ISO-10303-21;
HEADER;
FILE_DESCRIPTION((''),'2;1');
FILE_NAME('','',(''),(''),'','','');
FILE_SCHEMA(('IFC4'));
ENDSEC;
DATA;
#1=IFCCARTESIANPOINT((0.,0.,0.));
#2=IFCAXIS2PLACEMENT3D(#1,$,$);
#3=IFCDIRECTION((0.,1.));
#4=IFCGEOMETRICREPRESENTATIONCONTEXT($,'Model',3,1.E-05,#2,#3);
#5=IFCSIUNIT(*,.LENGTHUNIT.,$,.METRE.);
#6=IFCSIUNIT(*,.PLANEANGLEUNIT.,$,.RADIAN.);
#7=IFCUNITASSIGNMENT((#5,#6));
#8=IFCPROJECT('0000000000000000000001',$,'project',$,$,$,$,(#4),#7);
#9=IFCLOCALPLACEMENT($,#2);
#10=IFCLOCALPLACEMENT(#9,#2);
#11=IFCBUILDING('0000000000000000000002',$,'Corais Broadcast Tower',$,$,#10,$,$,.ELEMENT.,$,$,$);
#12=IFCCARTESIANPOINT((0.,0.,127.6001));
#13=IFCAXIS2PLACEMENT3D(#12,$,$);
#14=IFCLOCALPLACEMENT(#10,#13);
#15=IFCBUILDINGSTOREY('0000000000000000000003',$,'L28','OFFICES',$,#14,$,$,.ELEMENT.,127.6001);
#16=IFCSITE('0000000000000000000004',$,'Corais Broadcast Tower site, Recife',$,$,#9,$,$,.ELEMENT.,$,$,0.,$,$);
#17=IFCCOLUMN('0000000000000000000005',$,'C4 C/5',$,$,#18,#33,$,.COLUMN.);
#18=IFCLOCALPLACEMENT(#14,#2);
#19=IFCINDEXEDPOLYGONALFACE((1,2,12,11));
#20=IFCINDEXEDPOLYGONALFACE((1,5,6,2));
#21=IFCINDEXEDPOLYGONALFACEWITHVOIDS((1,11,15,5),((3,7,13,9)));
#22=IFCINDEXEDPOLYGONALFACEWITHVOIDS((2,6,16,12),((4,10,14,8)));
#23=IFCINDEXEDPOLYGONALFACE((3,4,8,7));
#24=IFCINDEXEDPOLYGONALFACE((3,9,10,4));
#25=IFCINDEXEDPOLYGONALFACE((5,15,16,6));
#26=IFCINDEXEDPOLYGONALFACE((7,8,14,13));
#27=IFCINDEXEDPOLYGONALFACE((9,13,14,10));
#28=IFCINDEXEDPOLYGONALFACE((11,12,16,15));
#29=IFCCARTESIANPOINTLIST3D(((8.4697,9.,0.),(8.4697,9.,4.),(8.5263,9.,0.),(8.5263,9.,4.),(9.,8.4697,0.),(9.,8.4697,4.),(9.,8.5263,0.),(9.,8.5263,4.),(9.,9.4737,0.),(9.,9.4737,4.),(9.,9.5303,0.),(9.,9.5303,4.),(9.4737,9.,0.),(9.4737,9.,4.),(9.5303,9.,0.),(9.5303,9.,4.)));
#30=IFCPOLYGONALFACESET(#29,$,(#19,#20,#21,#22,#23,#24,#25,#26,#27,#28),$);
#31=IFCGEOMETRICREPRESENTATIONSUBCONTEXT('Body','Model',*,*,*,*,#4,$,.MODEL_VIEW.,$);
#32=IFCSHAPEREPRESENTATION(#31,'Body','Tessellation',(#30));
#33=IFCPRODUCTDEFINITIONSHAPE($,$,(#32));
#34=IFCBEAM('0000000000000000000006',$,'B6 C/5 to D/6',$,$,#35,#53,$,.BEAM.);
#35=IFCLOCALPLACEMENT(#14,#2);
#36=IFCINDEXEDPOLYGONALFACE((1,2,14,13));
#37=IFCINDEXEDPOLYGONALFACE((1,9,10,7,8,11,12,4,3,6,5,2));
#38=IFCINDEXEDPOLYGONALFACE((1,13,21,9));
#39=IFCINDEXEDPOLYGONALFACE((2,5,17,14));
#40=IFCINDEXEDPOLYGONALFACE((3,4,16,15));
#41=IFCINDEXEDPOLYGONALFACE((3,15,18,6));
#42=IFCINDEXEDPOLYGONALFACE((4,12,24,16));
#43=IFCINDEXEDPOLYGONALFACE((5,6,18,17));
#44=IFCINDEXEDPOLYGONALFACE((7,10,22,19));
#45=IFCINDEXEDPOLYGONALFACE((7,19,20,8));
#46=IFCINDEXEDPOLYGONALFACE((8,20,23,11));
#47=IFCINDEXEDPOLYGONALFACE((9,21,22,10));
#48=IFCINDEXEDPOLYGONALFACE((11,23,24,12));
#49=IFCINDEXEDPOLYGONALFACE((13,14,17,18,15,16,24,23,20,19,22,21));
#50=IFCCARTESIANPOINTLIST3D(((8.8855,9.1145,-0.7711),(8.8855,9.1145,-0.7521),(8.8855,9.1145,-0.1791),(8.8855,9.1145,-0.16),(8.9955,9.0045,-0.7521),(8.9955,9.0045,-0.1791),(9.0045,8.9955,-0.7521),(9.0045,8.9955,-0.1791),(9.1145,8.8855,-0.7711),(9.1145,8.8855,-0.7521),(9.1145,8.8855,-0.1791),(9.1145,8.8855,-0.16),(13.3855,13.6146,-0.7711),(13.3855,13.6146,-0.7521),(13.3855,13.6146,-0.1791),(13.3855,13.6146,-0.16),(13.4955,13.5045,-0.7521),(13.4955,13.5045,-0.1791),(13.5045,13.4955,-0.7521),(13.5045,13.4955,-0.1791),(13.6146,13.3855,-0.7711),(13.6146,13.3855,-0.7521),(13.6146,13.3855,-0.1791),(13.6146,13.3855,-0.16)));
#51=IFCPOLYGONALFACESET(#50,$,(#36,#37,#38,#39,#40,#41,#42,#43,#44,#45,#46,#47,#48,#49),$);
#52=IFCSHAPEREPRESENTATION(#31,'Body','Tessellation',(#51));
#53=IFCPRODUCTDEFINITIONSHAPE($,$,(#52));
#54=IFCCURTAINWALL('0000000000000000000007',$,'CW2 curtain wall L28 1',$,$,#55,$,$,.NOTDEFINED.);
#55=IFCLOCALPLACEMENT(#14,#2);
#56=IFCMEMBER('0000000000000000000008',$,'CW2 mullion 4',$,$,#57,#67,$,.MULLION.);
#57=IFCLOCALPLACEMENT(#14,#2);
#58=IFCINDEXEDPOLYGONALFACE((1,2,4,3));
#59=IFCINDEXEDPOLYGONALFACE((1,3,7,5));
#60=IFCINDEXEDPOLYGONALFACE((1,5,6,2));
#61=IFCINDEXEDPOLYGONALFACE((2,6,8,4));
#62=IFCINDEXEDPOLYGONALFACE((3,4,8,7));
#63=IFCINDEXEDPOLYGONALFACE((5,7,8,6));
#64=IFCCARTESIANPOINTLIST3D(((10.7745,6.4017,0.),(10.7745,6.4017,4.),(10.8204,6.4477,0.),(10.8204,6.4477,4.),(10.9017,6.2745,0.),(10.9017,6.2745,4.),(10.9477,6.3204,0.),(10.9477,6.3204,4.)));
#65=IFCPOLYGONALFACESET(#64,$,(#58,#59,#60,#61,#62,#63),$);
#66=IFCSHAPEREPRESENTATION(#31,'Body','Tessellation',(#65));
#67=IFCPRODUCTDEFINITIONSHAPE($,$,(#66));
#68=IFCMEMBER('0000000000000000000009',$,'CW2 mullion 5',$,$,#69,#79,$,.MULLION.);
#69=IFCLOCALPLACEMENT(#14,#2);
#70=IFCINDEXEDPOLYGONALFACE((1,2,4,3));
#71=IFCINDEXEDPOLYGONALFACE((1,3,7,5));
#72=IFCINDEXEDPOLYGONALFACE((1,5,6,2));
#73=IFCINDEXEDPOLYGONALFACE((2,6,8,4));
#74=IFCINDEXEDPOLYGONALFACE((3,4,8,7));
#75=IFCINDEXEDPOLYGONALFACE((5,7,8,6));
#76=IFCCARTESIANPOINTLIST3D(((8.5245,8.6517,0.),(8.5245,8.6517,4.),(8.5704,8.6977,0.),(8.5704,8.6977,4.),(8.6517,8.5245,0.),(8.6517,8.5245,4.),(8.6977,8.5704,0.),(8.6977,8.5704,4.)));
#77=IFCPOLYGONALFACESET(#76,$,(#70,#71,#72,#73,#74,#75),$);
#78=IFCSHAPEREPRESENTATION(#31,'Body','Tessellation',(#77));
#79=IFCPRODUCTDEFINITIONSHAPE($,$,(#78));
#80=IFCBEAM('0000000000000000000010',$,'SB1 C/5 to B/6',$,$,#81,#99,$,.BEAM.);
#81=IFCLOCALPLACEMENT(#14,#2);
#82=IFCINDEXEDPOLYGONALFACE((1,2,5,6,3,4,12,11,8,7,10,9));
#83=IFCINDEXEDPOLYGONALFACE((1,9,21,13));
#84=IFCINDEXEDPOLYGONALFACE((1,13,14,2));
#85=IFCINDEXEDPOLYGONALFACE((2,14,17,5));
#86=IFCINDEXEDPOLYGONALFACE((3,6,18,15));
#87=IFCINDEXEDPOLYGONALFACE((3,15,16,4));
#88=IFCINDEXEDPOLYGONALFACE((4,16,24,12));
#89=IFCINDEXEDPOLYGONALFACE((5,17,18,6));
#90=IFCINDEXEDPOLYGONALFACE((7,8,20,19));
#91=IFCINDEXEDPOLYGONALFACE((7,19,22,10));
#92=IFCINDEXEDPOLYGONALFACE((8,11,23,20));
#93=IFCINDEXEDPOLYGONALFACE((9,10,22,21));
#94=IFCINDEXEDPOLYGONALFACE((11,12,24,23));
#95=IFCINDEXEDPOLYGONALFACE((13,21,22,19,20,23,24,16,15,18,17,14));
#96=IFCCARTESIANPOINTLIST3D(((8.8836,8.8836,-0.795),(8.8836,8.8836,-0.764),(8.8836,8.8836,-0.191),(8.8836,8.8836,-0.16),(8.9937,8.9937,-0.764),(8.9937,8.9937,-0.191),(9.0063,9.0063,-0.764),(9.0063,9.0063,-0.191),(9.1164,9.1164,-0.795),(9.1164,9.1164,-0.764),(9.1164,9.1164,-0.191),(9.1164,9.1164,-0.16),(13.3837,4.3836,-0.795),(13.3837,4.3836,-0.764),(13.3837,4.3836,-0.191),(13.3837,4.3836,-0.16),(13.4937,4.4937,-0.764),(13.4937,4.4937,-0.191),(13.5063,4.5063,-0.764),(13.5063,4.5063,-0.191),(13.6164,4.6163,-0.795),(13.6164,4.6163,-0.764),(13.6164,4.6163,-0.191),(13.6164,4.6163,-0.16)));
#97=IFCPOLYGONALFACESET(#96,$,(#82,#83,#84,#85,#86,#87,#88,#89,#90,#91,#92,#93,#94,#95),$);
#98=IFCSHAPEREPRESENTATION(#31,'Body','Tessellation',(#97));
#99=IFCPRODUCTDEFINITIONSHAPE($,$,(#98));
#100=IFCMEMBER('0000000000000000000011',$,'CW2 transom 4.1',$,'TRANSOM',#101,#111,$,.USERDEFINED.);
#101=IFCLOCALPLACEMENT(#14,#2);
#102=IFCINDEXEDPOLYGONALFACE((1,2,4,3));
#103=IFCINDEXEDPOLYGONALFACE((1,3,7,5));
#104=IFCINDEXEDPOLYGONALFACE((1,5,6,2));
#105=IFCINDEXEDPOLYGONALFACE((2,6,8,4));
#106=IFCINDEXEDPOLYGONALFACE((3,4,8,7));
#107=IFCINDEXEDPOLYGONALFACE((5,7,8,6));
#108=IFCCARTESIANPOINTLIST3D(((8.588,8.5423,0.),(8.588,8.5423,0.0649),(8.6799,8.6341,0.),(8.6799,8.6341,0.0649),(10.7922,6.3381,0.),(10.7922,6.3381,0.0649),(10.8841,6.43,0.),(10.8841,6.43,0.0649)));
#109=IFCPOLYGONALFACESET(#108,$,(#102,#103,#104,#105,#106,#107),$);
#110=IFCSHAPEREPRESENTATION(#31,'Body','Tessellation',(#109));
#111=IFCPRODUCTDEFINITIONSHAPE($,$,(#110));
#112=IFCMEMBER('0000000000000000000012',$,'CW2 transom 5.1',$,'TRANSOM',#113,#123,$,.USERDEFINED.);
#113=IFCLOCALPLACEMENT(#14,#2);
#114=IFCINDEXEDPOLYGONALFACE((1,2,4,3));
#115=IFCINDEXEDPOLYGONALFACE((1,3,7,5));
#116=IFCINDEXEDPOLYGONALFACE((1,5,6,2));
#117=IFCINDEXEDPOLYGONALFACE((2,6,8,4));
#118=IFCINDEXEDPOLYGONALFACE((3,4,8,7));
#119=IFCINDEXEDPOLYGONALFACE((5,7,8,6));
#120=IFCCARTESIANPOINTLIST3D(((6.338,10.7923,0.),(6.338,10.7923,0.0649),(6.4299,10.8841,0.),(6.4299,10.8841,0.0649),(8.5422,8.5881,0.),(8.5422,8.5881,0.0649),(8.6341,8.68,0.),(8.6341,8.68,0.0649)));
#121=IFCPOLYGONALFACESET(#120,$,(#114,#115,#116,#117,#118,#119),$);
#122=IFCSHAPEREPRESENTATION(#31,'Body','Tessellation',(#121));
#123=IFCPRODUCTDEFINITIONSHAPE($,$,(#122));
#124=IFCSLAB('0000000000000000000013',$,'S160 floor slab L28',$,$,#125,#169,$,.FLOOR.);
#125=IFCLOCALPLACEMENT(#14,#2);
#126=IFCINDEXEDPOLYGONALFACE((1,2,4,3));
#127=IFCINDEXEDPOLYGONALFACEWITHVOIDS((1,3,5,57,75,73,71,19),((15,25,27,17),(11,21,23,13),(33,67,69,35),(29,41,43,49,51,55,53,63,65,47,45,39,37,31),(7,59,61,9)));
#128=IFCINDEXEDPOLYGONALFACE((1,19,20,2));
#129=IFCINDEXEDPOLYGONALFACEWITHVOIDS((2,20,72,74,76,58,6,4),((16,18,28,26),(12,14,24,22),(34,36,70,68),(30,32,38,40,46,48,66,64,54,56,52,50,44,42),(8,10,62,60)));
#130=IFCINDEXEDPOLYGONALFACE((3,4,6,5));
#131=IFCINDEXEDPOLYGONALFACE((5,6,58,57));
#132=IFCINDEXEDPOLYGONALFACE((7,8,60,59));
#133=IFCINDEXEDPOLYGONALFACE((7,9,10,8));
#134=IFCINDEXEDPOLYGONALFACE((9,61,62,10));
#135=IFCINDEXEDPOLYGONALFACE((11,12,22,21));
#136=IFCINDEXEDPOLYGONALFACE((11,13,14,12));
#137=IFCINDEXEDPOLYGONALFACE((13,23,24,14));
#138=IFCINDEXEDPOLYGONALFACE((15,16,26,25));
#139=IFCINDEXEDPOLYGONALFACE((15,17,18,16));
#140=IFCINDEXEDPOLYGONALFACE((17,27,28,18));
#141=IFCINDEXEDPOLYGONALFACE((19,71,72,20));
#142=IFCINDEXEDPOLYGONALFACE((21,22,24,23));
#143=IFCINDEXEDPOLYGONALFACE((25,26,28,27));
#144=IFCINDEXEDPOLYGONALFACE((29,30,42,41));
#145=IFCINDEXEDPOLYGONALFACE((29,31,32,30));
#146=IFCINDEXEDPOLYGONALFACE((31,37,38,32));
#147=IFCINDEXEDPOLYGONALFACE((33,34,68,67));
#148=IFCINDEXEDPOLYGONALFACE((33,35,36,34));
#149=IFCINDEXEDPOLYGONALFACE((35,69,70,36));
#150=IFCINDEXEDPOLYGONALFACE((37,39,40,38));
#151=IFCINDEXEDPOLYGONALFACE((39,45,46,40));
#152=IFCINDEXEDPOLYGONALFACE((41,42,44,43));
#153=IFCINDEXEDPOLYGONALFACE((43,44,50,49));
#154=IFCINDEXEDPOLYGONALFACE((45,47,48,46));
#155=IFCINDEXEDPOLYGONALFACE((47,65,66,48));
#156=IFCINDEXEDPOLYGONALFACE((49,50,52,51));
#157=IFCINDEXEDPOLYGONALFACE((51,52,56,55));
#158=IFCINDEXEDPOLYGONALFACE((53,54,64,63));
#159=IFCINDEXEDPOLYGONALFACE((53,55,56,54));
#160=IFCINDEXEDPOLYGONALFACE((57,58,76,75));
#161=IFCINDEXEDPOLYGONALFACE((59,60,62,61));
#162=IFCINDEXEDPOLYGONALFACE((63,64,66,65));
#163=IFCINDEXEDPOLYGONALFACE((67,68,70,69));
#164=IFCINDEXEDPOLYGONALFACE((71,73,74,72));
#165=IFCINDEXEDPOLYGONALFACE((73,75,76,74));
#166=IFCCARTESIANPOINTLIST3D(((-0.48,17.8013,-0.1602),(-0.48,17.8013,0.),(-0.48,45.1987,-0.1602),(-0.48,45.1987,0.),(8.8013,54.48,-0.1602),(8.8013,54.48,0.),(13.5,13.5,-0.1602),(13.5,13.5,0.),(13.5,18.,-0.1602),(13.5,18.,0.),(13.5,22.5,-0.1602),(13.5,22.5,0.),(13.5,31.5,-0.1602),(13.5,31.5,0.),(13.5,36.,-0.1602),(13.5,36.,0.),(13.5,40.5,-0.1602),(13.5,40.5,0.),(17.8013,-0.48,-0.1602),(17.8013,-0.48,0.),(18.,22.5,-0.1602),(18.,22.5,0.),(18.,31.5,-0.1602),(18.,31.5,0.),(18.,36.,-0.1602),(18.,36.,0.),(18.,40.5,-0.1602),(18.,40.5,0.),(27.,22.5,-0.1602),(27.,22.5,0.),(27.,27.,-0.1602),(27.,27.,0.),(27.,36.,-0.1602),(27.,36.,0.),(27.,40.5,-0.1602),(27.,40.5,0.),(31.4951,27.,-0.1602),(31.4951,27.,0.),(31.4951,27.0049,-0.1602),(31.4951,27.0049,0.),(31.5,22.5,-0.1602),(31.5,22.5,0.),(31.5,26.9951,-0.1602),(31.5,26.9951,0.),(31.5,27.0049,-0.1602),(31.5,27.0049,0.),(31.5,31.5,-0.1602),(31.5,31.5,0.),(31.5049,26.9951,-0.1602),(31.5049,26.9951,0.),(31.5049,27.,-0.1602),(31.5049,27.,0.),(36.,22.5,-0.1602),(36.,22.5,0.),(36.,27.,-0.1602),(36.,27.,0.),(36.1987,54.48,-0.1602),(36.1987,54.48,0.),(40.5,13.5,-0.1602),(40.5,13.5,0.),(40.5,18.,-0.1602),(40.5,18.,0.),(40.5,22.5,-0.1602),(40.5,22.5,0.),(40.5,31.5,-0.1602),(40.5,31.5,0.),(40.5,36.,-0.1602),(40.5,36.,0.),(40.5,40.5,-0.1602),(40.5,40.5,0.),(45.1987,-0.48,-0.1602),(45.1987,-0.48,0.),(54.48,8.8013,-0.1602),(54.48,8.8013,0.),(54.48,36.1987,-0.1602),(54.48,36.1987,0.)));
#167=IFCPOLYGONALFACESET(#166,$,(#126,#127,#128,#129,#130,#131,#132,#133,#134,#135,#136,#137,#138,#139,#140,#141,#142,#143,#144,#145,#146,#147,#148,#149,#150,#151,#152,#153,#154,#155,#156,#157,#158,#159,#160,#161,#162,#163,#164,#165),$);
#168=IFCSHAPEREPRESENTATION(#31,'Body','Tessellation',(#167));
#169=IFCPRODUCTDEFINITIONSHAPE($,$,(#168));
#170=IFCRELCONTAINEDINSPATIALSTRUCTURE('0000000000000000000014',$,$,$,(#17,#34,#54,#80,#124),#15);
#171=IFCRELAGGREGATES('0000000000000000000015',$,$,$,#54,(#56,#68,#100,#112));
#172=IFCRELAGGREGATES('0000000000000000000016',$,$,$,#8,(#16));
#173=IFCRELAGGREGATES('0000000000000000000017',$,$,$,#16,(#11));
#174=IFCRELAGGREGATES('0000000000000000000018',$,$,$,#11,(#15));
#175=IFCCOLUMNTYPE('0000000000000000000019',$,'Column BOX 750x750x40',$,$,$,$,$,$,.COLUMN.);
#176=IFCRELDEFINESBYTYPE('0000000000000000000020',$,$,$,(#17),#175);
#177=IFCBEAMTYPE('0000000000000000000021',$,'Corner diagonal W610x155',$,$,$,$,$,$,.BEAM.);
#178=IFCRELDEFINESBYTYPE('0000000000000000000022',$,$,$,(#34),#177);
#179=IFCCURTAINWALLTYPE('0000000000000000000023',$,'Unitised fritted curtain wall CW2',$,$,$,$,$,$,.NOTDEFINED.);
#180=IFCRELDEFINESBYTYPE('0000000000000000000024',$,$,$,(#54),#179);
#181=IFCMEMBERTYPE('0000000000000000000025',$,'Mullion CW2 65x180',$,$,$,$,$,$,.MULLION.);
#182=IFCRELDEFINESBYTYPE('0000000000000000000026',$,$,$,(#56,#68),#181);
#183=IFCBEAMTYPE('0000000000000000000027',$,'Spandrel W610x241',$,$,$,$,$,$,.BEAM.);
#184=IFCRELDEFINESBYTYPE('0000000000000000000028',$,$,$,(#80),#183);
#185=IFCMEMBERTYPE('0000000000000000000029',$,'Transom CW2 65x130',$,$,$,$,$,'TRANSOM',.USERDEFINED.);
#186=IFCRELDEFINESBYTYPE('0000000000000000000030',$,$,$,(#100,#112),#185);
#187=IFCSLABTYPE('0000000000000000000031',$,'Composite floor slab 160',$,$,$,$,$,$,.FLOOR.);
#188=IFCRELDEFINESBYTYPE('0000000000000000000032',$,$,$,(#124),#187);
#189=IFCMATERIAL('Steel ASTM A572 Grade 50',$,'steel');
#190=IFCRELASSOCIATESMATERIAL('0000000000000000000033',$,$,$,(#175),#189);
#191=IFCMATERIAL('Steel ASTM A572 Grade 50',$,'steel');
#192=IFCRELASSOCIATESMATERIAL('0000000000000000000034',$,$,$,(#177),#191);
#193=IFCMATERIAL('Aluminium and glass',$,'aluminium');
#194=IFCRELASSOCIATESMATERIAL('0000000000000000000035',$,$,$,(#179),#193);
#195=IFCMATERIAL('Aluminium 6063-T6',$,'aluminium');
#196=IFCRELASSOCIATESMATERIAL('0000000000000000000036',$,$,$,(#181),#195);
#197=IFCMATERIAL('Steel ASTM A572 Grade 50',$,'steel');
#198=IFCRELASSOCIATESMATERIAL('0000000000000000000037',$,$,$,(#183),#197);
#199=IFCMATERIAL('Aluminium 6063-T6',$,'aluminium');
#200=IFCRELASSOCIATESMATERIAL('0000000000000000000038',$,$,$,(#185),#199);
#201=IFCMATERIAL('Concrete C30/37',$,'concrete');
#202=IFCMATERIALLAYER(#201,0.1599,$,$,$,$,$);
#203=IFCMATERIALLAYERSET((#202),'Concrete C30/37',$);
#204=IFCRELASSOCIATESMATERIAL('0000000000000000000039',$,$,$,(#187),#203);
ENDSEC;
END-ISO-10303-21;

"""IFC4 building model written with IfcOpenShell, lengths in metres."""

from ifc_helpers import new_model, si_unit, direction, frame, origin, origin_2d, place, context, subcontext, project, spatial, polyline, rectangle, hollow_rectangle, i_section, outline, extrude, material, layer, layer_set, material_profile, profile_set, type_object, element, aggregate, save


model = new_model("IFC4")

# Units and contexts
model_context = context("Model", 3, precision=1e-05, world=origin(), true_north=direction((0.0, 1.0)))
body_context = subcontext(model_context, "Body", "Model", "MODEL_VIEW")
ifc_project = project(units=[si_unit("LENGTHUNIT", "METRE"), si_unit("PLANEANGLEUNIT", "RADIAN")], contexts=[model_context])

# Site, building, storey
site_placement = place(None, origin())
site = spatial("IfcSite", under=ifc_project, at=site_placement, Name="Corais Broadcast Tower site, Recife", CompositionType="ELEMENT", RefElevation=0.0)
building_placement = place(site_placement, origin())
building = spatial("IfcBuilding", under=site, at=building_placement, Name="Corais Broadcast Tower", CompositionType="ELEMENT")
storey_placement = place(building_placement, frame((0.0, 0.0, 127.6001)))
storey = spatial("IfcBuildingStorey", under=building, at=storey_placement, Name="L28", Description="OFFICES", CompositionType="ELEMENT", Elevation=127.6001)

# Column
ifc_material_1 = material(Name="Steel ASTM A572 Grade 50", Category="steel")
ifc_material_profile_1 = material_profile(ifc_material_1, hollow_rectangle(XDim=0.75, YDim=0.75, WallThickness=0.04, at=origin_2d()), Name="BOX 750x750x40")
ifc_profile_set_1 = profile_set([ifc_material_profile_1], Name="Steel ASTM A572 Grade 50")
column_type = type_object("IfcColumnType", Name="Column BOX 750x750x40", PredefinedType="COLUMN", material=ifc_profile_set_1)
column_placement = place(storey_placement, frame((9.0, 9.0, 0.0), z_axis=(0.0, 0.0, 1.0), x_axis=(0.707107, 0.707107, 0.0)))
element("IfcColumn", 1, at=column_placement, inside=storey, type_object=column_type, Name="C4 C/5", PredefinedType="COLUMN", context=body_context, shape_type="SweptSolid", body=[
    extrude(hollow_rectangle(XDim=0.75, YDim=0.75, WallThickness=0.04, at=origin_2d()), origin(), (0.0, 0.0, 1.0), 4.0),
])

# Beam
ifc_material_2 = material(Name="Steel ASTM A572 Grade 50", Category="steel")
ifc_material_profile_2 = material_profile(ifc_material_2, i_section(OverallWidth=0.324, OverallDepth=0.6111, WebThickness=0.0127, FlangeThickness=0.019, at=origin_2d()), Name="W610x155")
ifc_profile_set_2 = profile_set([ifc_material_profile_2], Name="Steel ASTM A572 Grade 50")
beam_type_1 = type_object("IfcBeamType", Name="Corner diagonal W610x155", PredefinedType="BEAM", material=ifc_profile_set_2)
beam_1_placement = place(storey_placement, frame((9.0, 9.0, -0.4656), z_axis=(0.707107, 0.707107, 0.0), x_axis=(-0.707107, 0.707107, 0.0)))
element("IfcBeam", 2, at=beam_1_placement, inside=storey, type_object=beam_type_1, Name="B6 C/5 to D/6", PredefinedType="BEAM", context=body_context, shape_type="SweptSolid", body=[
    extrude(i_section(OverallWidth=0.324, OverallDepth=0.6111, WebThickness=0.0127, FlangeThickness=0.019, at=origin_2d()), origin(), (0.0, 0.0, 1.0), 6.364),
])

# Curtain wall, members
ifc_material_3 = material(Name="Aluminium and glass", Category="aluminium")
curtain_wall_type = type_object("IfcCurtainWallType", Name="Unitised fritted curtain wall CW2", PredefinedType="NOTDEFINED", material=ifc_material_3)
curtain_wall_placement = place(storey_placement, origin())
curtain_wall = element("IfcCurtainWall", 3, at=curtain_wall_placement, inside=storey, type_object=curtain_wall_type, Name="CW2 curtain wall L28 1", PredefinedType="NOTDEFINED")
ifc_material_4 = material(Name="Aluminium 6063-T6", Category="aluminium")
ifc_material_profile_3 = material_profile(ifc_material_4, rectangle(XDim=0.0649, YDim=0.1799, at=origin_2d()), Name="Mullion CW2 65x180")
ifc_profile_set_3 = profile_set([ifc_material_profile_3], Name="Aluminium 6063-T6")
member_type_1 = type_object("IfcMemberType", Name="Mullion CW2 65x180", PredefinedType="MULLION", material=ifc_profile_set_3)
member_1_placement = place(storey_placement, frame((10.8611, 6.3611, 0.0), z_axis=(0.0, 0.0, 1.0), x_axis=(-0.707107, -0.707107, 0.0)))
member_1 = element("IfcMember", 4, at=member_1_placement, type_object=member_type_1, Name="CW2 mullion 4", PredefinedType="MULLION", context=body_context, shape_type="SweptSolid", body=[
    extrude(rectangle(XDim=0.0649, YDim=0.1799, at=origin_2d()), origin(), (0.0, 0.0, 1.0), 4.0),
])
member_2_placement = place(storey_placement, frame((8.6111, 8.6111, 0.0), z_axis=(0.0, 0.0, 1.0), x_axis=(-0.707107, -0.707107, 0.0)))
member_2 = element("IfcMember", 5, at=member_2_placement, type_object=member_type_1, Name="CW2 mullion 5", PredefinedType="MULLION", context=body_context, shape_type="SweptSolid", body=[
    extrude(rectangle(XDim=0.0649, YDim=0.1799, at=origin_2d()), origin(), (0.0, 0.0, 1.0), 4.0),
])

# Beam
ifc_material_5 = material(Name="Steel ASTM A572 Grade 50", Category="steel")
ifc_material_profile_4 = material_profile(ifc_material_5, i_section(OverallWidth=0.3291, OverallDepth=0.635, WebThickness=0.0178, FlangeThickness=0.031, at=origin_2d()), Name="W610x241")
ifc_profile_set_4 = profile_set([ifc_material_profile_4], Name="Steel ASTM A572 Grade 50")
beam_type_2 = type_object("IfcBeamType", Name="Spandrel W610x241", PredefinedType="BEAM", material=ifc_profile_set_4)
beam_2_placement = place(storey_placement, frame((9.0, 9.0, -0.4775), z_axis=(0.707107, -0.707107, 0.0), x_axis=(0.707107, 0.707107, 0.0)))
element("IfcBeam", 6, at=beam_2_placement, inside=storey, type_object=beam_type_2, Name="SB1 C/5 to B/6", PredefinedType="BEAM", context=body_context, shape_type="SweptSolid", body=[
    extrude(i_section(OverallWidth=0.3291, OverallDepth=0.635, WebThickness=0.0178, FlangeThickness=0.031, at=origin_2d()), origin(), (0.0, 0.0, 1.0), 6.364),
])

# Members
ifc_material_6 = material(Name="Aluminium 6063-T6", Category="aluminium")
ifc_material_profile_5 = material_profile(ifc_material_6, rectangle(XDim=0.1299, YDim=0.0649, at=origin_2d()), Name="Transom CW2 65x130")
ifc_profile_set_5 = profile_set([ifc_material_profile_5], Name="Aluminium 6063-T6")
member_type_2 = type_object("IfcMemberType", Name="Transom CW2 65x130", ElementType="TRANSOM", PredefinedType="USERDEFINED", material=ifc_profile_set_5)
member_3_placement = place(storey_placement, frame((10.8381, 6.384, 0.0325), z_axis=(-0.707107, 0.707107, 0.0), x_axis=(-0.707107, -0.707107, 0.0)))
member_3 = element("IfcMember", 7, at=member_3_placement, type_object=member_type_2, Name="CW2 transom 4.1", ObjectType="TRANSOM", PredefinedType="USERDEFINED", context=body_context, shape_type="SweptSolid", body=[
    extrude(rectangle(XDim=0.1299, YDim=0.0649, at=origin_2d()), origin(), (0.0, 0.0, 1.0), 3.1172),
])
member_4_placement = place(storey_placement, frame((8.5881, 8.634, 0.0325), z_axis=(-0.707107, 0.707107, 0.0), x_axis=(-0.707107, -0.707107, 0.0)))
member_4 = element("IfcMember", 8, at=member_4_placement, type_object=member_type_2, Name="CW2 transom 5.1", ObjectType="TRANSOM", PredefinedType="USERDEFINED", context=body_context, shape_type="SweptSolid", body=[
    extrude(rectangle(XDim=0.1299, YDim=0.0649, at=origin_2d()), origin(), (0.0, 0.0, 1.0), 3.1172),
])

# Slab
ifc_material_7 = material(Name="Concrete C30/37", Category="concrete")
ifc_layer_1 = layer(ifc_material_7, 0.1599)
ifc_layer_set_1 = layer_set([ifc_layer_1], Name="Concrete C30/37")
slab_type_1 = type_object("IfcSlabType", Name="Composite floor slab 160", PredefinedType="FLOOR", material=ifc_layer_set_1)
slab_1_placement = place(storey_placement, frame((0.0, 0.0, -0.1602)))
element("IfcSlab", 9, at=slab_1_placement, inside=storey, type_object=slab_type_1, Name="S160 floor slab L28", PredefinedType="FLOOR", context=body_context, shape_type="SweptSolid", body=[
    extrude(outline(polyline([(17.8013, -0.48), (-0.48, 17.8013), (-0.48, 45.1987), (8.8013, 54.48), (36.1987, 54.48), (54.48, 36.1987), (54.48, 8.8013), (45.1987, -0.48), (17.8013, -0.48)]), holes=[polyline([(13.5, 18.0), (40.5, 18.0), (40.5, 13.5), (13.5, 13.5), (13.5, 18.0)]), polyline([(18.0, 22.5), (13.5, 22.5), (13.5, 31.5), (18.0, 31.5), (18.0, 22.5)]), polyline([(18.0, 36.0), (13.5, 36.0), (13.5, 40.5), (18.0, 40.5), (18.0, 36.0)]), polyline([(31.5, 22.5), (27.0, 22.5), (27.0, 27.0), (31.4951, 27.0), (31.4951, 27.0049), (31.5, 27.0049), (31.5, 31.5), (40.5, 31.5), (40.5, 22.5), (36.0, 22.5), (36.0, 27.0), (31.5049, 27.0), (31.5049, 26.9951), (31.5, 26.9951), (31.5, 22.5)]), polyline([(27.0, 40.5), (40.5, 40.5), (40.5, 36.0), (27.0, 36.0), (27.0, 40.5)])]), origin(), (0.0, 0.0, 1.0), 0.1602),
])

aggregate(curtain_wall, [member_1, member_2, member_3, member_4])

save(model, "model.ifc")
